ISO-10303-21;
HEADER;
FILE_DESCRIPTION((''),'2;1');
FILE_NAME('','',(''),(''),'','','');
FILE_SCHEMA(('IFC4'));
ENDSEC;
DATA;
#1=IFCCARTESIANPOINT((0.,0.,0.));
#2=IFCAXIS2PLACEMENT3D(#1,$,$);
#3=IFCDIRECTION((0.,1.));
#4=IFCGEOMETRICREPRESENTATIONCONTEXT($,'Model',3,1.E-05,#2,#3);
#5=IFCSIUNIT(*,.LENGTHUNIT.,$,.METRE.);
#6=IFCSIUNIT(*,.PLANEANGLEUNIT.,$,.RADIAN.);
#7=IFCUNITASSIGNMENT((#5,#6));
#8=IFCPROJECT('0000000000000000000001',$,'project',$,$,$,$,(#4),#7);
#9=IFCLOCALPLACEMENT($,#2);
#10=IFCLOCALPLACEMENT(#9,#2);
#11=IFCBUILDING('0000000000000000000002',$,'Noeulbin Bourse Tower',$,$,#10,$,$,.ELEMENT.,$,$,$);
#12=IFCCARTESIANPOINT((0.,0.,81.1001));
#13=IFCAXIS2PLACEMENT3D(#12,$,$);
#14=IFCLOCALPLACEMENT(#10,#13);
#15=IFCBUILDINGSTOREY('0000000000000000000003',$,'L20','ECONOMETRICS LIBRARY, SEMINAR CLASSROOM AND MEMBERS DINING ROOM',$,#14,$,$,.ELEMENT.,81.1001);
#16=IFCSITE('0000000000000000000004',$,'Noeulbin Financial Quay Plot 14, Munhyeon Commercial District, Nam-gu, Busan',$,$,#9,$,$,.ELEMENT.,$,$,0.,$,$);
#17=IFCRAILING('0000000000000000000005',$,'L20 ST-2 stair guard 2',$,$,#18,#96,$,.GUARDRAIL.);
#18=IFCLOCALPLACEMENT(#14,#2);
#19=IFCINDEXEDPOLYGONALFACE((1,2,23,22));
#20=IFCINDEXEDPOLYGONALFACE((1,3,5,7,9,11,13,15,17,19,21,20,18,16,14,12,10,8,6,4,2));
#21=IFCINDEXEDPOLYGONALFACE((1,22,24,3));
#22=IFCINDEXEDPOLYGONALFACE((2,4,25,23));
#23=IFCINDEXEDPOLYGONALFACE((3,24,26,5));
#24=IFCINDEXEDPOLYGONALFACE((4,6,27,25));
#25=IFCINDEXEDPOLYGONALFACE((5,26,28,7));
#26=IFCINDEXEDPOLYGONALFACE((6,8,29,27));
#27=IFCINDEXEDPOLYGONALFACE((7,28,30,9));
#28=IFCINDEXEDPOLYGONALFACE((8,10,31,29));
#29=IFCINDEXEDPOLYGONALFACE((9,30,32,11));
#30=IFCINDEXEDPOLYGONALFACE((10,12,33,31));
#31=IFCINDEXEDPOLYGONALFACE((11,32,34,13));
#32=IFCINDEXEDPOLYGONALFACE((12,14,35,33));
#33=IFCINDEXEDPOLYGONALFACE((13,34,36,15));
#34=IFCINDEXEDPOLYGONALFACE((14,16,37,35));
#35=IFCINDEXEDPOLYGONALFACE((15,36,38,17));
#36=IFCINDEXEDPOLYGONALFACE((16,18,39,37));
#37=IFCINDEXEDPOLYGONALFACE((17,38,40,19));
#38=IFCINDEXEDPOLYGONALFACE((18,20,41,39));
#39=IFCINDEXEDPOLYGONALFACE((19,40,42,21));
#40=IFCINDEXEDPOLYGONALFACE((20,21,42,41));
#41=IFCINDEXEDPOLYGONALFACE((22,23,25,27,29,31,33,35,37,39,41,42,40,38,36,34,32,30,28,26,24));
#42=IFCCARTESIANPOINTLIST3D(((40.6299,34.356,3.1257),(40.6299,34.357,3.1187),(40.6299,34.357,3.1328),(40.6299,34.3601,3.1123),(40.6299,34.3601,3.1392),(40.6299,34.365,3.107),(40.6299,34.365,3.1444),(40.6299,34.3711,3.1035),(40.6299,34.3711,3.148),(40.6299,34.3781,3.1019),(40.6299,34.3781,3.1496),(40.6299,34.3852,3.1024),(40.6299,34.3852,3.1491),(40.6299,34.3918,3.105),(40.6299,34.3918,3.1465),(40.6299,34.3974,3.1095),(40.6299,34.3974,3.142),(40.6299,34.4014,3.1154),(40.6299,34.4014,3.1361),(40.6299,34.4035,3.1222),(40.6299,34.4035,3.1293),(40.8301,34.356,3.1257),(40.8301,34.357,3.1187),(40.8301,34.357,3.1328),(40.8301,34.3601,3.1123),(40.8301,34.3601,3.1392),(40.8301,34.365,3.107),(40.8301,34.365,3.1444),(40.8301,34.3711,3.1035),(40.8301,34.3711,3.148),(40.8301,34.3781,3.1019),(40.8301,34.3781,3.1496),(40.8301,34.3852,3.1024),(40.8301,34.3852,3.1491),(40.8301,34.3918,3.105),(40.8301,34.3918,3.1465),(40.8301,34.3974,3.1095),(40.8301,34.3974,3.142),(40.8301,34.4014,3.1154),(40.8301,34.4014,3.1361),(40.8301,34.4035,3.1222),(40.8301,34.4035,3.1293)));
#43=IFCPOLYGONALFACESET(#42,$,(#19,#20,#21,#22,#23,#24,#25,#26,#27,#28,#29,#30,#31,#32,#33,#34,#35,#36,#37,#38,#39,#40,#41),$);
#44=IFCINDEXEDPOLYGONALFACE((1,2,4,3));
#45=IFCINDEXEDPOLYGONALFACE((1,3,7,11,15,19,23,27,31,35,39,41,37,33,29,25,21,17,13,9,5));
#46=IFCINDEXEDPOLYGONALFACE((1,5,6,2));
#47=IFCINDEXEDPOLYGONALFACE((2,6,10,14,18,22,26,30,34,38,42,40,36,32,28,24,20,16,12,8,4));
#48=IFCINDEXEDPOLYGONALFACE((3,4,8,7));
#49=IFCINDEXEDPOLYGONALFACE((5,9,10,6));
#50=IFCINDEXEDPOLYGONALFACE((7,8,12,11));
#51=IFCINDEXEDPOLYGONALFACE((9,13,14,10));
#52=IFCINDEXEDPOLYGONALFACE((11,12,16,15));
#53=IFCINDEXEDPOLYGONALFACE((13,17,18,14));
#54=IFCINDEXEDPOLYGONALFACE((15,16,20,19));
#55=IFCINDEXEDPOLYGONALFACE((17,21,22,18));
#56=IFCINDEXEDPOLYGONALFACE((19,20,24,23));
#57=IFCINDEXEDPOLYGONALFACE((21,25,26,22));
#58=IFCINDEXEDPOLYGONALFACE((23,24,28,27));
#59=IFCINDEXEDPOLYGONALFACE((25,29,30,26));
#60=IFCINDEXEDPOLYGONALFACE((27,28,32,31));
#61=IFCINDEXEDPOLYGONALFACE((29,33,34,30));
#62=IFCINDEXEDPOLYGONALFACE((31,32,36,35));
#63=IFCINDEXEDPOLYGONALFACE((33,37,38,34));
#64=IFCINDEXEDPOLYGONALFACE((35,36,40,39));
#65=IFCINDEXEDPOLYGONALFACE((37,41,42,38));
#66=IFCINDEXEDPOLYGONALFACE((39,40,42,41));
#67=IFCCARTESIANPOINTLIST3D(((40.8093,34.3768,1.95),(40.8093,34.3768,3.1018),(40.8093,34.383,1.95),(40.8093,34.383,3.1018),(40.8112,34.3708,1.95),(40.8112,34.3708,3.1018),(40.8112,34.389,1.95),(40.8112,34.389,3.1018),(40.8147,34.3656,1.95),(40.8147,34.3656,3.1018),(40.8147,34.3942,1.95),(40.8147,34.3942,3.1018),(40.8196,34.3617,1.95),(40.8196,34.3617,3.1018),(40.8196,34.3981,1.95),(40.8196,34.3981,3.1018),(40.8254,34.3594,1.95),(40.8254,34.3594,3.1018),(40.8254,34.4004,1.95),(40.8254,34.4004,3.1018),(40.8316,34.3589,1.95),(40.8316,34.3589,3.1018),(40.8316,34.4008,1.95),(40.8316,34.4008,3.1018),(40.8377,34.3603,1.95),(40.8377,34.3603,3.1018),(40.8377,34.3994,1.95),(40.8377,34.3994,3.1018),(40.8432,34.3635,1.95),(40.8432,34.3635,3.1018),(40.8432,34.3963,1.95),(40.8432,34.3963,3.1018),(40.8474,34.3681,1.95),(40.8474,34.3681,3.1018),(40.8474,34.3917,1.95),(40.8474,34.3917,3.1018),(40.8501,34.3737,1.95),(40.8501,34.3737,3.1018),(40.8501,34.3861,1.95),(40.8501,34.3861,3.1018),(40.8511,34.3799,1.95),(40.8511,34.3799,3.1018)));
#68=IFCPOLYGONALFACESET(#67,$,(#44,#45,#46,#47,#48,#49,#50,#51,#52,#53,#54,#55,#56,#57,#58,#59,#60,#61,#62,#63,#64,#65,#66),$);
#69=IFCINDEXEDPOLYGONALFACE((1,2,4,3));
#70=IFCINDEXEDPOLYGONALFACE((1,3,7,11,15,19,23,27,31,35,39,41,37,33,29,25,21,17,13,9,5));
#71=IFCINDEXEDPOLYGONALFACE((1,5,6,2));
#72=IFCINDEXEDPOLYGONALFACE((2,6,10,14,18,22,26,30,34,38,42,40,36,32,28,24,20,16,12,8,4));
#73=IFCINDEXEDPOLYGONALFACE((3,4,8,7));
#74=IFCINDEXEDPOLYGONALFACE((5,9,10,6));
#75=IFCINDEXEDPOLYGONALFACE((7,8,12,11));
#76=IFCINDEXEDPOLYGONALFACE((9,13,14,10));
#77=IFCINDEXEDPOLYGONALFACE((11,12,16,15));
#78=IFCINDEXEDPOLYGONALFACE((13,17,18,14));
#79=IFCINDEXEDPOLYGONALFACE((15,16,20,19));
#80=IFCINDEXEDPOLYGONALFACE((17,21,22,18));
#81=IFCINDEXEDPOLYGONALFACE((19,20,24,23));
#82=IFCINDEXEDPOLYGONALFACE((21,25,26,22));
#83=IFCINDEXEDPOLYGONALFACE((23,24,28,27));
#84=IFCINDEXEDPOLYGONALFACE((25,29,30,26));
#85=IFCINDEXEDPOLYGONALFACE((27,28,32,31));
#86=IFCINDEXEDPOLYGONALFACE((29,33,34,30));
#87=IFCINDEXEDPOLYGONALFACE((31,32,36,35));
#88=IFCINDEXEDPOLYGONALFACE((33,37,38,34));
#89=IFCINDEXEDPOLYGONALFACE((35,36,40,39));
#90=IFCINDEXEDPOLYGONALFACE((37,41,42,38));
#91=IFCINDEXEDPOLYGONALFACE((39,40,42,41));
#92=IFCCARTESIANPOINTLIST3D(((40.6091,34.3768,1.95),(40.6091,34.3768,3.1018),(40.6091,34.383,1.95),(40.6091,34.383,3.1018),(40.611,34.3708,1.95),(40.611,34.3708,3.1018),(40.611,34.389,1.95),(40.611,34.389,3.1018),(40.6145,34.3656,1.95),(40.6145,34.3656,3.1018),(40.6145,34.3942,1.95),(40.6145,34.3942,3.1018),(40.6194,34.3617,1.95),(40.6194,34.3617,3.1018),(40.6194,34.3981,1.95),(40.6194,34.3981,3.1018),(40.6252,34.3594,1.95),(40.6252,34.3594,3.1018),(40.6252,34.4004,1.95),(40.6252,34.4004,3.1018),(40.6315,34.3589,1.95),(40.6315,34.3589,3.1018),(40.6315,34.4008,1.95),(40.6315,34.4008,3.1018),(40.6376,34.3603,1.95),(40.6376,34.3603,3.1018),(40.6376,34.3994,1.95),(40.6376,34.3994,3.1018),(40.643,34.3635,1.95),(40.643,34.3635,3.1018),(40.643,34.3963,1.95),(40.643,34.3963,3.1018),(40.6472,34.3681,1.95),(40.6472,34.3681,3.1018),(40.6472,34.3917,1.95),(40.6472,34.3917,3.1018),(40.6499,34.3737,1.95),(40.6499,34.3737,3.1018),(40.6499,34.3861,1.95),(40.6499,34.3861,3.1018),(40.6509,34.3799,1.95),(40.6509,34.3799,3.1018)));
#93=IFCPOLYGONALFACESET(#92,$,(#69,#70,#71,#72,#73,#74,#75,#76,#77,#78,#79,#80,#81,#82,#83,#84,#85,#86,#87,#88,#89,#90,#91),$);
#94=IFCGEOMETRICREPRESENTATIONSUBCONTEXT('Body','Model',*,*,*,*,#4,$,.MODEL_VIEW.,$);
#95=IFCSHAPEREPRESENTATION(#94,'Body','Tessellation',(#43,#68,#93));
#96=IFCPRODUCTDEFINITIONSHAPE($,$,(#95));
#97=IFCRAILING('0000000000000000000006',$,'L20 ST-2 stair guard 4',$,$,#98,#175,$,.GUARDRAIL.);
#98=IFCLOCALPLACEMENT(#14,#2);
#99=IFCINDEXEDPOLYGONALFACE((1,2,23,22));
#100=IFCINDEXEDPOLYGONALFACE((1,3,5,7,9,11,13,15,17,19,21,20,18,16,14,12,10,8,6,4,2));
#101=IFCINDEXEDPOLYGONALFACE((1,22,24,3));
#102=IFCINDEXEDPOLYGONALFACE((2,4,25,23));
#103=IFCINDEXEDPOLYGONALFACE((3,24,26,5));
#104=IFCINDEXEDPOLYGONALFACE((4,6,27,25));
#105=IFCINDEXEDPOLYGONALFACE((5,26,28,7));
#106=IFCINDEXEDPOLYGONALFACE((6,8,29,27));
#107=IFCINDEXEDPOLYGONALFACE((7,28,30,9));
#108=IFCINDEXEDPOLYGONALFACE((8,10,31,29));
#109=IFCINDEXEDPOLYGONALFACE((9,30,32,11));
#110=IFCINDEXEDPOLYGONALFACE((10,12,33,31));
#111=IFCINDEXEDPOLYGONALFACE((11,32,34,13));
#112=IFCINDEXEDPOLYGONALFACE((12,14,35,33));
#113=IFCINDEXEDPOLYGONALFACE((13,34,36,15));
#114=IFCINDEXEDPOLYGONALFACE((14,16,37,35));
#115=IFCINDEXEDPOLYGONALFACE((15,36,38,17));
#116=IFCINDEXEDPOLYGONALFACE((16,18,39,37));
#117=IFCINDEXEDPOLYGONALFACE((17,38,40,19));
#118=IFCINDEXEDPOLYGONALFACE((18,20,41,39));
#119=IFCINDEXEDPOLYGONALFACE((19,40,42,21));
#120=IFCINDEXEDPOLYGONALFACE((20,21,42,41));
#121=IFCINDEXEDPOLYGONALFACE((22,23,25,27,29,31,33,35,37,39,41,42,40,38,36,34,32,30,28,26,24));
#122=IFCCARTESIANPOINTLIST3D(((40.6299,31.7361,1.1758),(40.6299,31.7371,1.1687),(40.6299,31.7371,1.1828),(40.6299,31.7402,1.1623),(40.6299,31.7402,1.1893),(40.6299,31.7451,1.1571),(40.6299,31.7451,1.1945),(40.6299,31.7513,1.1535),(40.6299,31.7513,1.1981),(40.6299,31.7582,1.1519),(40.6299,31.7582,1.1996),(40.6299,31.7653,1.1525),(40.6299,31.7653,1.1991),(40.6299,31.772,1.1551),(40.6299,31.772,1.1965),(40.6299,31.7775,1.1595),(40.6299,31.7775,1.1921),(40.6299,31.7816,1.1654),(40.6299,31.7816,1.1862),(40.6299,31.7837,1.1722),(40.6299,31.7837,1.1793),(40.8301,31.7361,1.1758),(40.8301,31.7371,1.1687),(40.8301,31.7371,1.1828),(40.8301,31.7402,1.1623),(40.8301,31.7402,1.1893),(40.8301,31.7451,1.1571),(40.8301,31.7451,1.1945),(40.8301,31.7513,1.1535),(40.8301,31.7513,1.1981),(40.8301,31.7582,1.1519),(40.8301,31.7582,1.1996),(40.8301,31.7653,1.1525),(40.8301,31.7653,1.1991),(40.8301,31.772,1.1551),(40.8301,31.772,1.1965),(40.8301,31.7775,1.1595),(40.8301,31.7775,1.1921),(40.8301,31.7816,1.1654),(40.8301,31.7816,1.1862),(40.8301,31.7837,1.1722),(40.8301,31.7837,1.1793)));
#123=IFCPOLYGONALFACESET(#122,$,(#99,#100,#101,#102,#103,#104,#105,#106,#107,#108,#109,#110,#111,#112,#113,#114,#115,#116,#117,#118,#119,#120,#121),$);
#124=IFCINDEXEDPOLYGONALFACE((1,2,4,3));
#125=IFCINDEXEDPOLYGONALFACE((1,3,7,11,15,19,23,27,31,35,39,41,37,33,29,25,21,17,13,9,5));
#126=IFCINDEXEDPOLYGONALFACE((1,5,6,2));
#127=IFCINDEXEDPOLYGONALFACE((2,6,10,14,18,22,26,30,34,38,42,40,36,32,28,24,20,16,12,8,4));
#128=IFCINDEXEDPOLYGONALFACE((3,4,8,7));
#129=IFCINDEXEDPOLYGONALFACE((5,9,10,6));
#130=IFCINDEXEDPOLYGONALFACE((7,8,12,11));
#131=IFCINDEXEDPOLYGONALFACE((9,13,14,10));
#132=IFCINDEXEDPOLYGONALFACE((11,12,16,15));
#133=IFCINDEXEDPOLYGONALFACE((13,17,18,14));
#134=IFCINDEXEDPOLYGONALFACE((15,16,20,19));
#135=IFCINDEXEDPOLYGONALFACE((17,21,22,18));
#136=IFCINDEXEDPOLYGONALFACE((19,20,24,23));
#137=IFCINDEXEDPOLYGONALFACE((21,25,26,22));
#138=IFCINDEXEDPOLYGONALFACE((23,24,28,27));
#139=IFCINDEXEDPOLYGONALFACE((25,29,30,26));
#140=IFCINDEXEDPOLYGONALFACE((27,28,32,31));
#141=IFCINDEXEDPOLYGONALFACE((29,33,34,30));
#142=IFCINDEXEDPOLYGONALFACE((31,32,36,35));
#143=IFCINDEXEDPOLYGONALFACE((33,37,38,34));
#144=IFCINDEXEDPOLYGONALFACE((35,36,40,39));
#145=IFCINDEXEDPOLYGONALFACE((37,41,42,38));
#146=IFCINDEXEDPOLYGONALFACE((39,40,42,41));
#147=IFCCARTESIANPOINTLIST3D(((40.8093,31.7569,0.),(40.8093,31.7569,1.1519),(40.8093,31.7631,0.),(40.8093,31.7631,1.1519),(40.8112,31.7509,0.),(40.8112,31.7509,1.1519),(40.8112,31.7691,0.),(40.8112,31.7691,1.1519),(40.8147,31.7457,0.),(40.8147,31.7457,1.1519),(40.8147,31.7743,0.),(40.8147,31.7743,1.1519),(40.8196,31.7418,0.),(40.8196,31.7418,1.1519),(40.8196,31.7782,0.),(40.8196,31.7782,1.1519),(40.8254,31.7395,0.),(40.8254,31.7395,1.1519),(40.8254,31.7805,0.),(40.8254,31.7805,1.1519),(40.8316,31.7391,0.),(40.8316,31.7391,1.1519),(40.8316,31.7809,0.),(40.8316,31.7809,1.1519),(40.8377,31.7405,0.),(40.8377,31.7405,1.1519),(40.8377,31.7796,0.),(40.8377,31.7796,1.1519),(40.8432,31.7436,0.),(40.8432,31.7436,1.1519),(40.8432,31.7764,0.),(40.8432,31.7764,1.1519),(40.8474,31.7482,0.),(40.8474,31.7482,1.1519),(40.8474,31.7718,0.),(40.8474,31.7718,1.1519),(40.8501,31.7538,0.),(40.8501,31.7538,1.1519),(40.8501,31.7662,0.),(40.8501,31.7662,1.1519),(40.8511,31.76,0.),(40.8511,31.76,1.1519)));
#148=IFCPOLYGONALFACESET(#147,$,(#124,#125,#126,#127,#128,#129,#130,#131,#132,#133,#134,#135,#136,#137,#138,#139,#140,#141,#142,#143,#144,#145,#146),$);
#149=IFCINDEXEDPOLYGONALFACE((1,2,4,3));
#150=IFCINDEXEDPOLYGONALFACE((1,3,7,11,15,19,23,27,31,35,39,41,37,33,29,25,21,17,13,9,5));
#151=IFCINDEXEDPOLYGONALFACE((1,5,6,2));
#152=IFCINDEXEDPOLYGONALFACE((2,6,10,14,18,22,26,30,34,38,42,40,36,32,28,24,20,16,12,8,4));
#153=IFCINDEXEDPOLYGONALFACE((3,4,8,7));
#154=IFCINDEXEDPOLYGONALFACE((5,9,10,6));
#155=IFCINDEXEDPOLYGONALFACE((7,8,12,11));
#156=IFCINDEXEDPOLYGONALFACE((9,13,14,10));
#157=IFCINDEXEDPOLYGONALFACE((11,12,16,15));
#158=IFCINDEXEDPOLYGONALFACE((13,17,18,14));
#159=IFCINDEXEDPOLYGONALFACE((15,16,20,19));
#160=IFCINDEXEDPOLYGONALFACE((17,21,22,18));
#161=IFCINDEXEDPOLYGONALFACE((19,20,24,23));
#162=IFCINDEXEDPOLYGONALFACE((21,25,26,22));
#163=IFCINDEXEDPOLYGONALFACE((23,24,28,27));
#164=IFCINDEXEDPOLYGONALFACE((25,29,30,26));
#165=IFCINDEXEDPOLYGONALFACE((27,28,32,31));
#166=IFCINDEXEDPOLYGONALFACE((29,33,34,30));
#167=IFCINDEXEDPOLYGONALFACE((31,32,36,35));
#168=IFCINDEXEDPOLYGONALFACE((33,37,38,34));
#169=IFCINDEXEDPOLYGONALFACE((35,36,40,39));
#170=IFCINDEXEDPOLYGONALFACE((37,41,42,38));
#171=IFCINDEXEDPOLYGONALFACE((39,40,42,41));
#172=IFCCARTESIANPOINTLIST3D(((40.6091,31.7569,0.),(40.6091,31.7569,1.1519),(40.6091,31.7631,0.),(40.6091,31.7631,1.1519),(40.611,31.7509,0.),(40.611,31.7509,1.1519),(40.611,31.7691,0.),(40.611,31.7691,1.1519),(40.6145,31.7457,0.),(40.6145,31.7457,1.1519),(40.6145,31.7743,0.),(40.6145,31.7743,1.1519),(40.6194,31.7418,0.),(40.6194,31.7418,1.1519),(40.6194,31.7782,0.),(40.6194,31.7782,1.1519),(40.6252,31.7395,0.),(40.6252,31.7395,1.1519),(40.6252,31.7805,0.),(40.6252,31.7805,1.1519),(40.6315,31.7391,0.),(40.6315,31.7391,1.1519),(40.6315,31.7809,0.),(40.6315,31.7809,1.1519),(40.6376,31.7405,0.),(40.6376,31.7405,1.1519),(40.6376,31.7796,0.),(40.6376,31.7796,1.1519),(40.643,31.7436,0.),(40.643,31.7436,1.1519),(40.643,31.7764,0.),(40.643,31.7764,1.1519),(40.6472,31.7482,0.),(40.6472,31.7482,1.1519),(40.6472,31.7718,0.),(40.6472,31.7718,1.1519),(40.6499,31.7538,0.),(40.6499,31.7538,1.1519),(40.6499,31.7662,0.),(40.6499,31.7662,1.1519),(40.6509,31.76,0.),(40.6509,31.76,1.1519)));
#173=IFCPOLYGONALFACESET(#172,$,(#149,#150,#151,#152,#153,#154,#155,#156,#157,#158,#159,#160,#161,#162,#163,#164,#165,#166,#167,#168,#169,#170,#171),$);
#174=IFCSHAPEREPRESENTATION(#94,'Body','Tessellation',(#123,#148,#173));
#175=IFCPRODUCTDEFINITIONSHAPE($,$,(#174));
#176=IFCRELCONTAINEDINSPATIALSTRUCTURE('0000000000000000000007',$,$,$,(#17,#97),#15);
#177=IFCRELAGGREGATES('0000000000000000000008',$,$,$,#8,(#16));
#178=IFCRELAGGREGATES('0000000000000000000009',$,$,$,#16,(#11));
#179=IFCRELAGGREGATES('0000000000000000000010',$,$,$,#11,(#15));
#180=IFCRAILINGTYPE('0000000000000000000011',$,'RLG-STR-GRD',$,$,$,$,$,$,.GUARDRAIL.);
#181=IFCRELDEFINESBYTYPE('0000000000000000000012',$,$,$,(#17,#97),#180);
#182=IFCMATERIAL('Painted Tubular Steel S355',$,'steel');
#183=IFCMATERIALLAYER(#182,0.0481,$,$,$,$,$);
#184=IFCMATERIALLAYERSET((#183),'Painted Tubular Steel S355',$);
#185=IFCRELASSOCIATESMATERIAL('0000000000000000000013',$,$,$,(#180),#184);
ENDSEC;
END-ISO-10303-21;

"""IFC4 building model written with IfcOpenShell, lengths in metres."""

from ifc_helpers import new_model, si_unit, direction, frame, origin, origin_2d, place, context, subcontext, project, spatial, circle, extrude, material, layer, layer_set, type_object, element, save


model = new_model("IFC4")

# Units and contexts
model_context = context("Model", 3, precision=1e-05, world=origin(), true_north=direction((0.0, 1.0)))
body_context = subcontext(model_context, "Body", "Model", "MODEL_VIEW")
ifc_project = project(units=[si_unit("LENGTHUNIT", "METRE"), si_unit("PLANEANGLEUNIT", "RADIAN")], contexts=[model_context])

# Site, building, storey
site_placement = place(None, origin())
site = spatial("IfcSite", under=ifc_project, at=site_placement, Name="Noeulbin Financial Quay Plot 14, Munhyeon Commercial District, Nam-gu, Busan", CompositionType="ELEMENT", RefElevation=0.0)
building_placement = place(site_placement, origin())
building = spatial("IfcBuilding", under=site, at=building_placement, Name="Noeulbin Bourse Tower", CompositionType="ELEMENT")
storey_placement = place(building_placement, frame((0.0, 0.0, 81.1001)))
storey = spatial("IfcBuildingStorey", under=building, at=storey_placement, Name="L20", Description="ECONOMETRICS LIBRARY, SEMINAR CLASSROOM AND MEMBERS DINING ROOM", CompositionType="ELEMENT", Elevation=81.1001)

# Railings
ifc_material_1 = material(Name="Painted Tubular Steel S355", Category="steel")
ifc_layer_1 = layer(ifc_material_1, 0.0481)
ifc_layer_set_1 = layer_set([ifc_layer_1], Name="Painted Tubular Steel S355")
railing_type_1 = type_object("IfcRailingType", Name="RLG-STR-GRD", PredefinedType="GUARDRAIL", material=ifc_layer_set_1)
for number, where, name in (
    (1, (40.8301, 34.3799, 1.95), "L20 ST-2 stair guard 2"),
    (2, (40.8301, 31.76, 0.0), "L20 ST-2 stair guard 4"),
):
    element("IfcRailing", number, at=place(storey_placement, frame(where)), inside=storey, type_object=railing_type_1, Name=name, PredefinedType="GUARDRAIL", context=body_context, shape_type="SweptSolid", body=[
        extrude(circle(Radius=0.0239, at=origin_2d()), frame((0.0, 0.0, 1.1758), z_axis=(-1.0, 0.0, 0.0), x_axis=(0.0, -1.0, 0.0)), (0.0, 0.0, 1.0), 0.2002),
        extrude(circle(Radius=0.021, at=origin_2d()), origin(), (0.0, 0.0, 1.0), 1.1519),
        extrude(circle(Radius=0.021, at=origin_2d()), frame((-0.2002, 0.0, 0.0)), (0.0, 0.0, 1.0), 1.1519),
    ])

save(model, "model.ifc")
